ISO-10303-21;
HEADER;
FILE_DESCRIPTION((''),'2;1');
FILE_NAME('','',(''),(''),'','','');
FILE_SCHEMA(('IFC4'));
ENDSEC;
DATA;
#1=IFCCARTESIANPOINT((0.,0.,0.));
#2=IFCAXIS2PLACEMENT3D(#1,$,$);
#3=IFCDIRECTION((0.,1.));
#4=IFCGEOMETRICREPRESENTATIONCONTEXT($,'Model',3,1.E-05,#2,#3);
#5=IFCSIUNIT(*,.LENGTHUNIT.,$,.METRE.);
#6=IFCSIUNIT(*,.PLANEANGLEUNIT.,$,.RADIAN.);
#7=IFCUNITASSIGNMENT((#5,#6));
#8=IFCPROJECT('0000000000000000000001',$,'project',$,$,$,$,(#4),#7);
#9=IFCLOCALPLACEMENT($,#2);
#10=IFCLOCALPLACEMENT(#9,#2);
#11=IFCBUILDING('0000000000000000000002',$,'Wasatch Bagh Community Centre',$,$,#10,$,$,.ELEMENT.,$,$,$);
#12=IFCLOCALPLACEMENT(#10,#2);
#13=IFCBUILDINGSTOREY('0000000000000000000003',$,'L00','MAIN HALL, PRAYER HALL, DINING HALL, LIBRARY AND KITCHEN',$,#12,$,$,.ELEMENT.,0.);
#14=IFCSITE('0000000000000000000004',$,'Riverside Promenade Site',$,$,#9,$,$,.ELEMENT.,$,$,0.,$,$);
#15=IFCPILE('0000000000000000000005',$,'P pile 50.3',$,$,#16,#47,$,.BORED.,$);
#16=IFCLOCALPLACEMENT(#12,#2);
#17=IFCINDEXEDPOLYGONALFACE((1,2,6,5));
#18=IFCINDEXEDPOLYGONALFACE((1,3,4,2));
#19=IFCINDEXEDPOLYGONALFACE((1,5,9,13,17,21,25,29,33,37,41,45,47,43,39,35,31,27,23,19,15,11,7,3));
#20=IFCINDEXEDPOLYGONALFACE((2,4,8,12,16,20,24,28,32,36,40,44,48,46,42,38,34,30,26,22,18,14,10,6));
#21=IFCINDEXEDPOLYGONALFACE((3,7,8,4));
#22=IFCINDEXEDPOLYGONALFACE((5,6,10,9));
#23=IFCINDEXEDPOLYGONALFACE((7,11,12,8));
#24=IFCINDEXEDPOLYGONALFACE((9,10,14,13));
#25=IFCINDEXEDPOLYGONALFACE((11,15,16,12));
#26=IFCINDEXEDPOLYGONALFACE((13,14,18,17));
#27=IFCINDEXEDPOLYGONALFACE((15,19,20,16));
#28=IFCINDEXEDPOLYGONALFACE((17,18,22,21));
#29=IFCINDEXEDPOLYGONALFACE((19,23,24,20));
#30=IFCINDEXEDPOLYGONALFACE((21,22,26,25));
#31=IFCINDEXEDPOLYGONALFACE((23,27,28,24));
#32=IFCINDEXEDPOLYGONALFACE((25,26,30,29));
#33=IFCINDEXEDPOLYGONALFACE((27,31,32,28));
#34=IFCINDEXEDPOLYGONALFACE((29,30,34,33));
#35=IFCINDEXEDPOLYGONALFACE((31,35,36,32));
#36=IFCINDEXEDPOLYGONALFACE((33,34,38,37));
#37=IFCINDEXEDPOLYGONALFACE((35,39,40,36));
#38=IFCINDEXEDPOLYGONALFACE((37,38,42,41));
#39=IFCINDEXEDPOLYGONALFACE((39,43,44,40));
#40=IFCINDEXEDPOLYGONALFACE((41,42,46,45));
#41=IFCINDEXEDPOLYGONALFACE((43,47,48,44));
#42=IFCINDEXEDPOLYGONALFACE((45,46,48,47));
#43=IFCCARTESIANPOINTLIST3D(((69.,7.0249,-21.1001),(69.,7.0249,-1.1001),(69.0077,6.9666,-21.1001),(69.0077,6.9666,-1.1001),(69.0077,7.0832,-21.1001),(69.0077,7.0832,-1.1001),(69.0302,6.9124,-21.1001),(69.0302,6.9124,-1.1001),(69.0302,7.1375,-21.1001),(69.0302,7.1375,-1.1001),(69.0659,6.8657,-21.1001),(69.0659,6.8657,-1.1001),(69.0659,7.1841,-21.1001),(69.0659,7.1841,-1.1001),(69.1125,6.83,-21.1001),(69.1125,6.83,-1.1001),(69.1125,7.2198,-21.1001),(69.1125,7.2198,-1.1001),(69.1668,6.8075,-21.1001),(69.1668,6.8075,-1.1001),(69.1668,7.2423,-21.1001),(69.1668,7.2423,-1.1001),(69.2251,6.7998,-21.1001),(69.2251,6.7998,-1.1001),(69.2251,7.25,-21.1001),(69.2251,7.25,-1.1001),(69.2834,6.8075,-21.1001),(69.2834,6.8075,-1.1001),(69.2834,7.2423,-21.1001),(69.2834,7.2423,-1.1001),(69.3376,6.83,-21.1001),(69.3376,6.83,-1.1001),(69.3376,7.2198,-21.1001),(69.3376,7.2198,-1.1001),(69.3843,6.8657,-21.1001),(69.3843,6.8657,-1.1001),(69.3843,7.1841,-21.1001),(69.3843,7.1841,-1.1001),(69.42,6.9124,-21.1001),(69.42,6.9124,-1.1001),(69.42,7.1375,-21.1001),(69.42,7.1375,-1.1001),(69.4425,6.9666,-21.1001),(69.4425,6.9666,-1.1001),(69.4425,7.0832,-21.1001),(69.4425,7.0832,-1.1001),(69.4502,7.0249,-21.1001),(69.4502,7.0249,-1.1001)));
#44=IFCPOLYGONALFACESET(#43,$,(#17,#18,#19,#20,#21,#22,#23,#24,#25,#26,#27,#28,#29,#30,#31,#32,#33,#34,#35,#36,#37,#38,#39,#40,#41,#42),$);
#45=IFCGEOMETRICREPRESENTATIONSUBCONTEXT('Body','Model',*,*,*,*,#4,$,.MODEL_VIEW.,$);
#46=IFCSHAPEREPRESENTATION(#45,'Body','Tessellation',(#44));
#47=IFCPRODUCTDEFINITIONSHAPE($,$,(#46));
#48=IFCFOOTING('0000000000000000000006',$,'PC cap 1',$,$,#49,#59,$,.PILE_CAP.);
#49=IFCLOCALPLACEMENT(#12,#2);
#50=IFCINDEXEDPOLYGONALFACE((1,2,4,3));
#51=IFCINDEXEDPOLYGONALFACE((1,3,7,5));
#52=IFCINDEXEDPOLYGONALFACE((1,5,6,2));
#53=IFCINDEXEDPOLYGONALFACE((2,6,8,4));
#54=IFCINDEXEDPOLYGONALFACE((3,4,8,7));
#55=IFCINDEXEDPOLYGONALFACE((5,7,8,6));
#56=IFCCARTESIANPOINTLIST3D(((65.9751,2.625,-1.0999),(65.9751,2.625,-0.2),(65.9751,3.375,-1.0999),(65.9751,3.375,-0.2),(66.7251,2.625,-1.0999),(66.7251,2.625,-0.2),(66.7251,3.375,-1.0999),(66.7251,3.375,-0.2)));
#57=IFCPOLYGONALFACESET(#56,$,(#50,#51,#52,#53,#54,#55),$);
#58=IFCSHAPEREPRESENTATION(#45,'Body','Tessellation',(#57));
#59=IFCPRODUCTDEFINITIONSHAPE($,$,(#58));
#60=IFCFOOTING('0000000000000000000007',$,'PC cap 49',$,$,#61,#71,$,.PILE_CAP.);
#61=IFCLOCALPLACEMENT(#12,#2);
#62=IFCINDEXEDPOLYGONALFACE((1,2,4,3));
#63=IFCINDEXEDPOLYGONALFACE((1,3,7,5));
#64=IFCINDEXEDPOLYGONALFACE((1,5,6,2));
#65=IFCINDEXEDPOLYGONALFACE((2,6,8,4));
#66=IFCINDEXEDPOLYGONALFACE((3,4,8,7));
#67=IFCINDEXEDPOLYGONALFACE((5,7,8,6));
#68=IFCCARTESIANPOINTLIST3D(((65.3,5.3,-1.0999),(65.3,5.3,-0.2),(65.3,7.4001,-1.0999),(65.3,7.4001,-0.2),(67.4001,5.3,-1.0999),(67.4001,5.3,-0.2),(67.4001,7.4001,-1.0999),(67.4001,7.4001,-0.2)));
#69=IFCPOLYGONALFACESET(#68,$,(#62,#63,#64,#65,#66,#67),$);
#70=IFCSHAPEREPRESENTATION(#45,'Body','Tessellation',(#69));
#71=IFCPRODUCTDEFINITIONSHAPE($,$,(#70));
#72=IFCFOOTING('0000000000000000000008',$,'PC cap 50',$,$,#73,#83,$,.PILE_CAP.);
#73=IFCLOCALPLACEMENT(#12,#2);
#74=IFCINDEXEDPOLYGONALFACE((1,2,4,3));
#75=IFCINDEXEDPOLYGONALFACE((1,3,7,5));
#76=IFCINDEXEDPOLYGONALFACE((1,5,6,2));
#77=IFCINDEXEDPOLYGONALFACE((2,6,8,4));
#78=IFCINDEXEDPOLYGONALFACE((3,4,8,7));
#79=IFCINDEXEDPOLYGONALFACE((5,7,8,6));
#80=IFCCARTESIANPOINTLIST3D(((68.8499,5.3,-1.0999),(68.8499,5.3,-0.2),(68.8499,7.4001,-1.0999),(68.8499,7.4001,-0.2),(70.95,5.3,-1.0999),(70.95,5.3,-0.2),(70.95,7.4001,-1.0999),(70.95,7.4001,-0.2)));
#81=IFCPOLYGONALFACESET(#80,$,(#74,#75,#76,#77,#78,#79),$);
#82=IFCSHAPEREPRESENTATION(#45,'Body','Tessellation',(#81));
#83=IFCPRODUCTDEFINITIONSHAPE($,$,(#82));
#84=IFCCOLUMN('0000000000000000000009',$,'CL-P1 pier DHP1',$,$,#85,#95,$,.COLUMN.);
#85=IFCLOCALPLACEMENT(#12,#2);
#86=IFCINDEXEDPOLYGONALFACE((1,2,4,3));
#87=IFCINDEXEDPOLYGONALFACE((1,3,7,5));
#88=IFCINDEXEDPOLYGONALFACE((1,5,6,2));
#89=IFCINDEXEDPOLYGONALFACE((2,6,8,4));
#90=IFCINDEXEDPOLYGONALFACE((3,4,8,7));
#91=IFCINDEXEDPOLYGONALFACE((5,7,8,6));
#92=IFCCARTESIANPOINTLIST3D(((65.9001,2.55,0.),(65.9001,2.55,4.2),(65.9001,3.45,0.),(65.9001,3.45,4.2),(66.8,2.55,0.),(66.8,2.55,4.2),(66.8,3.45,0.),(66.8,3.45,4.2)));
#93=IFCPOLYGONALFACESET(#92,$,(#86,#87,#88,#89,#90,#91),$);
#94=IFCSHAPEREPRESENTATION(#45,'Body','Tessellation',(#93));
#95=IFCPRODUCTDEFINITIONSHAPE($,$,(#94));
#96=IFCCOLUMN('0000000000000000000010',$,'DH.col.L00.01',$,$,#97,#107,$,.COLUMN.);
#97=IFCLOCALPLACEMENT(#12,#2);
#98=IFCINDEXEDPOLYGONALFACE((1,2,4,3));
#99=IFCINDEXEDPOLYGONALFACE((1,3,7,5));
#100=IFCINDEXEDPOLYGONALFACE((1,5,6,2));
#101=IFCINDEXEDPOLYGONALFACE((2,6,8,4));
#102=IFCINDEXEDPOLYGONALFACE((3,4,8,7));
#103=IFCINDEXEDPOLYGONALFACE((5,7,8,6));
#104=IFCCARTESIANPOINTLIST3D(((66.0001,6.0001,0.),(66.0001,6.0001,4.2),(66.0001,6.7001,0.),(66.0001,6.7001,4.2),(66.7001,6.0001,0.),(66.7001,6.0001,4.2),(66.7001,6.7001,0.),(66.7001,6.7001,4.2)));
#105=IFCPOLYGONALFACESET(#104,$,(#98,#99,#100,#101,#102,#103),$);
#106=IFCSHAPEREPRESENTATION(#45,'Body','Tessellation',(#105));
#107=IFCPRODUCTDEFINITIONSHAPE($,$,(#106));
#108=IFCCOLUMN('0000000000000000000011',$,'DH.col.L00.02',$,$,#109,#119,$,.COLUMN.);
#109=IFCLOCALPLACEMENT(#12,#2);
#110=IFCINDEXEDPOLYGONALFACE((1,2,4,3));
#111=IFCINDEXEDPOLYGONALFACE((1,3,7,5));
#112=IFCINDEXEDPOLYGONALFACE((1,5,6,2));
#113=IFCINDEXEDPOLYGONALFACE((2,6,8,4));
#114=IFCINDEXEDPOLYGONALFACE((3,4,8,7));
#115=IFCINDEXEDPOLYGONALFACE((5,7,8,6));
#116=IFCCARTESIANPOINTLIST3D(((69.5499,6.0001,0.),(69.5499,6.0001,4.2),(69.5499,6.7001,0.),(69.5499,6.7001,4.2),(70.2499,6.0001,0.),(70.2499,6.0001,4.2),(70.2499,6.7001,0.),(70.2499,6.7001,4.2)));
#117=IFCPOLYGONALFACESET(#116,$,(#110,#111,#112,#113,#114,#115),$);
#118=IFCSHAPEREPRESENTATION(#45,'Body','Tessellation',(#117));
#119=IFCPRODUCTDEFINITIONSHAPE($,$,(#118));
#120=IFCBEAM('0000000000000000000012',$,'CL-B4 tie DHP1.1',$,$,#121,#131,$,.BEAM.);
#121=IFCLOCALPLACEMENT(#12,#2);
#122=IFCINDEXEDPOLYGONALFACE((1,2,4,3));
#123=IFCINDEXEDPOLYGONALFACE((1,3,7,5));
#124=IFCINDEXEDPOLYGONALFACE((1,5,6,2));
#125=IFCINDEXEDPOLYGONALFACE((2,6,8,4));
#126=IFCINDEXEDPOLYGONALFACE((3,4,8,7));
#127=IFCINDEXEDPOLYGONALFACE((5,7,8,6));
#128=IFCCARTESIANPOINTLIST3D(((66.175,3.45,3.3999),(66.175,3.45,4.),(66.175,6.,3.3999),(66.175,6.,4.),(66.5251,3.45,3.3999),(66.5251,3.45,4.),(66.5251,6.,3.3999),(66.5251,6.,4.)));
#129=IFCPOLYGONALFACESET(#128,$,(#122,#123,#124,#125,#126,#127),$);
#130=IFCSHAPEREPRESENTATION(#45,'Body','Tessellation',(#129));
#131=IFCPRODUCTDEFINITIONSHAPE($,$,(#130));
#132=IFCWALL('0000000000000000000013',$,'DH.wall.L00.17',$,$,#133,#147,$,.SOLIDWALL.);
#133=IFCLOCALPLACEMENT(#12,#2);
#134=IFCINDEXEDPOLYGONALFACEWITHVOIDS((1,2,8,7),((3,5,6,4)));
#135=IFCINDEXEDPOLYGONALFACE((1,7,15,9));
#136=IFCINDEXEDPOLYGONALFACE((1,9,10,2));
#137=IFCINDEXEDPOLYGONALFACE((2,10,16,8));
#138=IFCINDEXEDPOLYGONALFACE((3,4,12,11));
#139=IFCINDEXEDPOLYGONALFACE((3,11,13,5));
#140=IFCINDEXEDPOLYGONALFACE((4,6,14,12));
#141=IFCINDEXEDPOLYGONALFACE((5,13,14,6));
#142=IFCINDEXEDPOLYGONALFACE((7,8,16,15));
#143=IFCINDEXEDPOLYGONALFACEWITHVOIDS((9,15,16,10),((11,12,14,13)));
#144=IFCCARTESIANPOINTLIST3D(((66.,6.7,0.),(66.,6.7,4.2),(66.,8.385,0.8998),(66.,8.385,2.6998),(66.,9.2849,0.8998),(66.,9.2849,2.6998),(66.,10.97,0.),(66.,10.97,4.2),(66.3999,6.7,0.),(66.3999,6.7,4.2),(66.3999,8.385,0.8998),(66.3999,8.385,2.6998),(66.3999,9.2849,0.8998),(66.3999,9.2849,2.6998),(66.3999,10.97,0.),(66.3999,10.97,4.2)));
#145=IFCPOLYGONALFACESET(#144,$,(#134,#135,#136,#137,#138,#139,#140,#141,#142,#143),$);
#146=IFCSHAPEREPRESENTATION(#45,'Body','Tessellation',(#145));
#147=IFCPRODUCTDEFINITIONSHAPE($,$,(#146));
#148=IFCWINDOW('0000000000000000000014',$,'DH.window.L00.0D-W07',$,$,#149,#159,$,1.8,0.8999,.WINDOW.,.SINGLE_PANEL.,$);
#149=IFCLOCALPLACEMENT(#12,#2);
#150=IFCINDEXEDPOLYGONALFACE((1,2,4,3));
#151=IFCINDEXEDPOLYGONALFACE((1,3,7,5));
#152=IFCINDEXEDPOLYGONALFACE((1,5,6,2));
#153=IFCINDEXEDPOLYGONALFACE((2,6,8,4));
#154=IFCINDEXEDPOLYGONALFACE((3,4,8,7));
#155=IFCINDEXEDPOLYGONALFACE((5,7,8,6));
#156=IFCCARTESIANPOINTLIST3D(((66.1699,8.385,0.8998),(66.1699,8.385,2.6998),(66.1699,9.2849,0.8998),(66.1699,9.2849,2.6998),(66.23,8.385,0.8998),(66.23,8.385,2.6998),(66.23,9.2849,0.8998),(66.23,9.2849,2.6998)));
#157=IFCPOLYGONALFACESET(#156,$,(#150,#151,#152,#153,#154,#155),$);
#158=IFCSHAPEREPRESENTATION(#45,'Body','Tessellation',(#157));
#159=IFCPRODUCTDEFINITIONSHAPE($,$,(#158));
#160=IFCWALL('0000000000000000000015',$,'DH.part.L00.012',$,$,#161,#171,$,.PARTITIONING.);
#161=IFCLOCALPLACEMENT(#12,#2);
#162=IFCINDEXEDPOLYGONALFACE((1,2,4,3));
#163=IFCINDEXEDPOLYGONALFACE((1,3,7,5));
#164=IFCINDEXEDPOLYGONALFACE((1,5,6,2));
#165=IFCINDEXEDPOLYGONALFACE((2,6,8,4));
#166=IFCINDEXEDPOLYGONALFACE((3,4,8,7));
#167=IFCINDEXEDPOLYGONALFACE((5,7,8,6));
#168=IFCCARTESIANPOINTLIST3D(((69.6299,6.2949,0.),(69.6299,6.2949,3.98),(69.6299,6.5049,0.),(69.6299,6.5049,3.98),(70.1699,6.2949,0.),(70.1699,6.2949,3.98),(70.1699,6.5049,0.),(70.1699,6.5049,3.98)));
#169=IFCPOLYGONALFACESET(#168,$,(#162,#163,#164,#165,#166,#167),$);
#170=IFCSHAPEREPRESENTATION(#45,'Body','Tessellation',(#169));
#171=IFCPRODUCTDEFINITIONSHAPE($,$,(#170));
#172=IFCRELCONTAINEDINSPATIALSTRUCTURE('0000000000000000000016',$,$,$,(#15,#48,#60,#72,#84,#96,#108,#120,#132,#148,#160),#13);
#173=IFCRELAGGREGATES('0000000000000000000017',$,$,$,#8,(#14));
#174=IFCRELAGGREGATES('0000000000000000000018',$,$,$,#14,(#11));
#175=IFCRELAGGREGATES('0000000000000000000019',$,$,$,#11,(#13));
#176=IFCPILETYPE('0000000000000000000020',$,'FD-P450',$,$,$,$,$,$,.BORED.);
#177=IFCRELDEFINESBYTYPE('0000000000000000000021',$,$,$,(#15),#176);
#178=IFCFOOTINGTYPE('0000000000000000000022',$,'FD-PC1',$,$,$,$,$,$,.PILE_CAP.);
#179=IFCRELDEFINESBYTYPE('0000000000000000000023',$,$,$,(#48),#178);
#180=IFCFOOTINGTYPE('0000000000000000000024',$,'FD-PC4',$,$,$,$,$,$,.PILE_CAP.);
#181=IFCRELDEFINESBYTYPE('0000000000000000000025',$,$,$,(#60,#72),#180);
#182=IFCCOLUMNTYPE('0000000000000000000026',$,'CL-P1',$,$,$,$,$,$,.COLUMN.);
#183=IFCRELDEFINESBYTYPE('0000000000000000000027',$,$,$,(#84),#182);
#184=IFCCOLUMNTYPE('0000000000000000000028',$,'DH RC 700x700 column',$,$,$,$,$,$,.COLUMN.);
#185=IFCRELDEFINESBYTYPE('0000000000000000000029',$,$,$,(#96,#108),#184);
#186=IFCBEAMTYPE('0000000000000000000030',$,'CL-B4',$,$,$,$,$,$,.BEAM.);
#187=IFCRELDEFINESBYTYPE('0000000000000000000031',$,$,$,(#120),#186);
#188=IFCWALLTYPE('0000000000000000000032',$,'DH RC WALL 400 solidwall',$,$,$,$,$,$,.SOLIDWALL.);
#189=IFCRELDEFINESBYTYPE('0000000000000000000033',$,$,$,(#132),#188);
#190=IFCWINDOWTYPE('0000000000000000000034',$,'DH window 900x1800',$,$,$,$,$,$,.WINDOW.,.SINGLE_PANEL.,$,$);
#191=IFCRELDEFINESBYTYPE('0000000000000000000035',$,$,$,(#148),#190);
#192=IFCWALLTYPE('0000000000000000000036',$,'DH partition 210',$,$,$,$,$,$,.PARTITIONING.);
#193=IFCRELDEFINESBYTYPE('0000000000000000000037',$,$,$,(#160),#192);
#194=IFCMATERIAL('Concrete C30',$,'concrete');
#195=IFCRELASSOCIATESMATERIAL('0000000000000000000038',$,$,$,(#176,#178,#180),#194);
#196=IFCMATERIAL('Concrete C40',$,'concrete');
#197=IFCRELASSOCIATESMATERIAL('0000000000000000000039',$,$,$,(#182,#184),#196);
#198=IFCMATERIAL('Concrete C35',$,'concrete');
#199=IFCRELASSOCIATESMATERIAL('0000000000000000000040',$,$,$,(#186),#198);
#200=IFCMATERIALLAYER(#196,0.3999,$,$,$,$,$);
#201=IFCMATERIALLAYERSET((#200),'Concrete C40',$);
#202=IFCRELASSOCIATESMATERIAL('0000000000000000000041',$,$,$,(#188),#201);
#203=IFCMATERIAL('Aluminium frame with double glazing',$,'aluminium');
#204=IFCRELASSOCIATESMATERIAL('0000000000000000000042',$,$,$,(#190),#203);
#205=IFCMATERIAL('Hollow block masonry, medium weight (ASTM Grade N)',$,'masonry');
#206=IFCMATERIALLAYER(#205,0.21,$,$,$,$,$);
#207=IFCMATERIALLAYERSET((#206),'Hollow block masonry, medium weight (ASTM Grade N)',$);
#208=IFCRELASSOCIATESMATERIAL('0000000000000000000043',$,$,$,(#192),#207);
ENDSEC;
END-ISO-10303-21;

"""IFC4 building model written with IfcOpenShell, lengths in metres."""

from ifc_helpers import new_model, si_unit, direction, frame, frame_2d, origin, origin_2d, place, context, subcontext, project, spatial, rectangle, circle, extrude, material, layer, layer_set, material_profile, profile_set, type_object, element, fill, save


model = new_model("IFC4")

# Units and contexts
model_context = context("Model", 3, precision=1e-05, world=origin(), true_north=direction((0.0, 1.0)))
body_context = subcontext(model_context, "Body", "Model", "MODEL_VIEW")
ifc_project = project(units=[si_unit("LENGTHUNIT", "METRE"), si_unit("PLANEANGLEUNIT", "RADIAN")], contexts=[model_context])

# Site, building, storey
site_placement = place(None, origin())
site = spatial("IfcSite", under=ifc_project, at=site_placement, Name="Riverside Promenade Site", CompositionType="ELEMENT", RefElevation=0.0)
building_placement = place(site_placement, origin())
building = spatial("IfcBuilding", under=site, at=building_placement, Name="Wasatch Bagh Community Centre", CompositionType="ELEMENT")
storey_placement = place(building_placement, origin())
storey = spatial("IfcBuildingStorey", under=building, at=storey_placement, Name="L00", Description="MAIN HALL, PRAYER HALL, DINING HALL, LIBRARY AND KITCHEN", CompositionType="ELEMENT", Elevation=0.0)

# Shared definitions
ifc_material_1 = material(Name="Concrete C35", Category="concrete")

# Pile
ifc_material_2 = material(Name="Concrete C30", Category="concrete")
ifc_material_profile_1 = material_profile(ifc_material_2, circle(Radius=0.2251, at=origin_2d()), Name="RC D450")
ifc_profile_set_1 = profile_set([ifc_material_profile_1], Name="Concrete C30")
pile_type = type_object("IfcPileType", Name="FD-P450", PredefinedType="BORED", material=ifc_profile_set_1)
for number, where, z_axis, x_axis, name in (
    (1, (69.2251, 7.0249, -1.1001), (0.0, 0.0, -1.0), (1.0, 0.0, 0.0), "P pile 50.3"),
):
    element("IfcPile", number, at=place(storey_placement, frame(where, z_axis=z_axis, x_axis=x_axis)), inside=storey, type_object=pile_type, Name=name, PredefinedType="BORED", context=body_context, shape_type="SweptSolid", body=[
        extrude(circle(Radius=0.2251, at=origin_2d()), origin(), (0.0, 0.0, 1.0), 20.0),
    ])

# Footings
footing_type_1 = type_object("IfcFootingType", Name="FD-PC1", PredefinedType="PILE_CAP", material=ifc_material_2)
footing_1_placement = place(storey_placement, frame((66.3501, 3.0, -1.0999), z_axis=(0.0, 0.0, 1.0), x_axis=(1.0, 0.0, 0.0)))
element("IfcFooting", 2, at=footing_1_placement, inside=storey, type_object=footing_type_1, Name="PC cap 1", PredefinedType="PILE_CAP", context=body_context, shape_type="SweptSolid", body=[
    extrude(rectangle(XDim=0.75, YDim=0.75, at=origin_2d()), origin(), (0.0, 0.0, 1.0), 0.8999),
])
footing_type_2 = type_object("IfcFootingType", Name="FD-PC4", PredefinedType="PILE_CAP", material=ifc_material_2)
for number, where, z_axis, x_axis, name in (
    (3, (66.3501, 6.3501, -1.0999), (0.0, 0.0, 1.0), (1.0, 0.0, 0.0), "PC cap 49"),
    (4, (69.8999, 6.3501, -1.0999), (0.0, 0.0, 1.0), (1.0, 0.0, 0.0), "PC cap 50"),
):
    element("IfcFooting", number, at=place(storey_placement, frame(where, z_axis=z_axis, x_axis=x_axis)), inside=storey, type_object=footing_type_2, Name=name, PredefinedType="PILE_CAP", context=body_context, shape_type="SweptSolid", body=[
        extrude(rectangle(XDim=2.1001, YDim=2.1001, at=origin_2d()), origin(), (0.0, 0.0, 1.0), 0.8999),
    ])

# Columns
ifc_material_3 = material(Name="Concrete C40", Category="concrete")
ifc_material_profile_2 = material_profile(ifc_material_3, rectangle(XDim=0.8999, YDim=0.8999, at=origin_2d()), Name="RC 900x900")
ifc_profile_set_2 = profile_set([ifc_material_profile_2], Name="Concrete C40")
column_type_1 = type_object("IfcColumnType", Name="CL-P1", PredefinedType="COLUMN", material=ifc_profile_set_2)
column_placement = place(storey_placement, frame((66.3501, 3.0, 0.0), z_axis=(0.0, 0.0, 1.0), x_axis=(1.0, 0.0, 0.0)))
element("IfcColumn", 5, at=column_placement, inside=storey, type_object=column_type_1, Name="CL-P1 pier DHP1", PredefinedType="COLUMN", context=body_context, shape_type="SweptSolid", body=[
    extrude(rectangle(XDim=0.8999, YDim=0.8999, at=origin_2d()), origin(), (0.0, 0.0, 1.0), 4.2),
])
ifc_material_profile_3 = material_profile(ifc_material_3, rectangle(XDim=0.7, YDim=0.7, at=origin_2d()), Name="RC 700x700")
ifc_profile_set_3 = profile_set([ifc_material_profile_3], Name="Concrete C40")
column_type_2 = type_object("IfcColumnType", Name="DH RC 700x700 column", PredefinedType="COLUMN", material=ifc_profile_set_3)
for number, where, z_axis, x_axis, name in (
    (6, (66.3501, 6.3501, 0.0), (0.0, 0.0, 1.0), (1.0, 0.0, 0.0), "DH.col.L00.01"),
    (7, (69.8999, 6.3501, 0.0), (0.0, 0.0, 1.0), (1.0, 0.0, 0.0), "DH.col.L00.02"),
):
    element("IfcColumn", number, at=place(storey_placement, frame(where, z_axis=z_axis, x_axis=x_axis)), inside=storey, type_object=column_type_2, Name=name, PredefinedType="COLUMN", context=body_context, shape_type="SweptSolid", body=[
        extrude(rectangle(XDim=0.7, YDim=0.7, at=origin_2d()), origin(), (0.0, 0.0, 1.0), 4.2),
    ])

# Beam
ifc_material_profile_4 = material_profile(ifc_material_1, rectangle(XDim=0.3501, YDim=0.6001, at=origin_2d()), Name="RC 350x600")
ifc_profile_set_4 = profile_set([ifc_material_profile_4], Name="Concrete C35")
beam_type = type_object("IfcBeamType", Name="CL-B4", PredefinedType="BEAM", material=ifc_profile_set_4)
beam_placement = place(storey_placement, frame((66.3501, 6.0, 3.7), z_axis=(0.0, -1.0, 0.0), x_axis=(1.0, 0.0, 0.0)))
element("IfcBeam", 8, at=beam_placement, inside=storey, type_object=beam_type, Name="CL-B4 tie DHP1.1", PredefinedType="BEAM", context=body_context, shape_type="SweptSolid", body=[
    extrude(rectangle(XDim=0.3501, YDim=0.6001, at=origin_2d()), origin(), (0.0, 0.0, 1.0), 2.55),
])

# Shared definitions
ifc_layer_1 = layer(ifc_material_3, 0.3999)
ifc_layer_set_1 = layer_set([ifc_layer_1], Name="Concrete C40")
wall_type_1 = type_object("IfcWallType", Name="DH RC WALL 400 solidwall", PredefinedType="SOLIDWALL", material=ifc_layer_set_1)

# Wall, opening, window
wall_1_placement = place(storey_placement, frame((66.2, 6.7, 0.0), z_axis=(0.0, 0.0, 1.0), x_axis=(0.0, 1.0, 0.0)))
wall_1 = element("IfcWall", 9, at=wall_1_placement, inside=storey, type_object=wall_type_1, Name="DH.wall.L00.17", PredefinedType="SOLIDWALL", context=body_context, shape_type="SweptSolid", body=[
    extrude(rectangle(XDim=4.27, YDim=0.3999, at=frame_2d((2.135, 0.0))), origin(), (0.0, 0.0, 1.0), 4.2),
])
opening_1_placement = place(wall_1_placement, frame((1.6851, 0.0, 0.8999)))
opening_1 = element("IfcOpeningElement", 10, at=opening_1_placement, cuts=wall_1, PredefinedType="OPENING", context=body_context, shape_type="SweptSolid", body=[
    extrude(rectangle(XDim=0.8999, YDim=1.8, at=frame_2d((0.45, 0.8999))), frame((0.0, 0.21, 0.0), z_axis=(0.0, -1.0, 0.0), x_axis=(1.0, 0.0, 0.0)), (0.0, 0.0, 1.0), 0.4199),
])
ifc_material_4 = material(Name="Aluminium frame with double glazing", Category="aluminium")
window_type = type_object("IfcWindowType", Name="DH window 900x1800", PartitioningType="SINGLE_PANEL", PredefinedType="WINDOW", material=ifc_material_4)
window_placement = place(opening_1_placement, origin())
window = element("IfcWindow", 11, at=window_placement, inside=storey, type_object=window_type, Name="DH.window.L00.0D-W07", OverallHeight=1.8, OverallWidth=0.8999, PartitioningType="SINGLE_PANEL", PredefinedType="WINDOW", context=body_context, shape_type="SweptSolid", body=[
    extrude(rectangle(XDim=0.8999, YDim=1.8, at=frame_2d((0.45, 0.8999))), frame((0.0, 0.03, 0.0), z_axis=(0.0, -1.0, 0.0), x_axis=(1.0, 0.0, 0.0)), (0.0, 0.0, 1.0), 0.0601),
])
fill(opening_1, window)

# Wall
ifc_material_5 = material(Name="Hollow block masonry, medium weight (ASTM Grade N)", Category="masonry")
ifc_layer_2 = layer(ifc_material_5, 0.21)
ifc_layer_set_2 = layer_set([ifc_layer_2], Name="Hollow block masonry, medium weight (ASTM Grade N)")
wall_type_2 = type_object("IfcWallType", Name="DH partition 210", PredefinedType="PARTITIONING", material=ifc_layer_set_2)
wall_2_placement = place(storey_placement, frame((69.6299, 6.3999, 0.0), z_axis=(0.0, 0.0, 1.0), x_axis=(1.0, 0.0, 0.0)))
element("IfcWall", 12, at=wall_2_placement, inside=storey, type_object=wall_type_2, Name="DH.part.L00.012", PredefinedType="PARTITIONING", context=body_context, shape_type="SweptSolid", body=[
    extrude(rectangle(XDim=0.54, YDim=0.21, at=frame_2d((0.27, 0.0))), origin(), (0.0, 0.0, 1.0), 3.98),
])

save(model, "model.ifc")
